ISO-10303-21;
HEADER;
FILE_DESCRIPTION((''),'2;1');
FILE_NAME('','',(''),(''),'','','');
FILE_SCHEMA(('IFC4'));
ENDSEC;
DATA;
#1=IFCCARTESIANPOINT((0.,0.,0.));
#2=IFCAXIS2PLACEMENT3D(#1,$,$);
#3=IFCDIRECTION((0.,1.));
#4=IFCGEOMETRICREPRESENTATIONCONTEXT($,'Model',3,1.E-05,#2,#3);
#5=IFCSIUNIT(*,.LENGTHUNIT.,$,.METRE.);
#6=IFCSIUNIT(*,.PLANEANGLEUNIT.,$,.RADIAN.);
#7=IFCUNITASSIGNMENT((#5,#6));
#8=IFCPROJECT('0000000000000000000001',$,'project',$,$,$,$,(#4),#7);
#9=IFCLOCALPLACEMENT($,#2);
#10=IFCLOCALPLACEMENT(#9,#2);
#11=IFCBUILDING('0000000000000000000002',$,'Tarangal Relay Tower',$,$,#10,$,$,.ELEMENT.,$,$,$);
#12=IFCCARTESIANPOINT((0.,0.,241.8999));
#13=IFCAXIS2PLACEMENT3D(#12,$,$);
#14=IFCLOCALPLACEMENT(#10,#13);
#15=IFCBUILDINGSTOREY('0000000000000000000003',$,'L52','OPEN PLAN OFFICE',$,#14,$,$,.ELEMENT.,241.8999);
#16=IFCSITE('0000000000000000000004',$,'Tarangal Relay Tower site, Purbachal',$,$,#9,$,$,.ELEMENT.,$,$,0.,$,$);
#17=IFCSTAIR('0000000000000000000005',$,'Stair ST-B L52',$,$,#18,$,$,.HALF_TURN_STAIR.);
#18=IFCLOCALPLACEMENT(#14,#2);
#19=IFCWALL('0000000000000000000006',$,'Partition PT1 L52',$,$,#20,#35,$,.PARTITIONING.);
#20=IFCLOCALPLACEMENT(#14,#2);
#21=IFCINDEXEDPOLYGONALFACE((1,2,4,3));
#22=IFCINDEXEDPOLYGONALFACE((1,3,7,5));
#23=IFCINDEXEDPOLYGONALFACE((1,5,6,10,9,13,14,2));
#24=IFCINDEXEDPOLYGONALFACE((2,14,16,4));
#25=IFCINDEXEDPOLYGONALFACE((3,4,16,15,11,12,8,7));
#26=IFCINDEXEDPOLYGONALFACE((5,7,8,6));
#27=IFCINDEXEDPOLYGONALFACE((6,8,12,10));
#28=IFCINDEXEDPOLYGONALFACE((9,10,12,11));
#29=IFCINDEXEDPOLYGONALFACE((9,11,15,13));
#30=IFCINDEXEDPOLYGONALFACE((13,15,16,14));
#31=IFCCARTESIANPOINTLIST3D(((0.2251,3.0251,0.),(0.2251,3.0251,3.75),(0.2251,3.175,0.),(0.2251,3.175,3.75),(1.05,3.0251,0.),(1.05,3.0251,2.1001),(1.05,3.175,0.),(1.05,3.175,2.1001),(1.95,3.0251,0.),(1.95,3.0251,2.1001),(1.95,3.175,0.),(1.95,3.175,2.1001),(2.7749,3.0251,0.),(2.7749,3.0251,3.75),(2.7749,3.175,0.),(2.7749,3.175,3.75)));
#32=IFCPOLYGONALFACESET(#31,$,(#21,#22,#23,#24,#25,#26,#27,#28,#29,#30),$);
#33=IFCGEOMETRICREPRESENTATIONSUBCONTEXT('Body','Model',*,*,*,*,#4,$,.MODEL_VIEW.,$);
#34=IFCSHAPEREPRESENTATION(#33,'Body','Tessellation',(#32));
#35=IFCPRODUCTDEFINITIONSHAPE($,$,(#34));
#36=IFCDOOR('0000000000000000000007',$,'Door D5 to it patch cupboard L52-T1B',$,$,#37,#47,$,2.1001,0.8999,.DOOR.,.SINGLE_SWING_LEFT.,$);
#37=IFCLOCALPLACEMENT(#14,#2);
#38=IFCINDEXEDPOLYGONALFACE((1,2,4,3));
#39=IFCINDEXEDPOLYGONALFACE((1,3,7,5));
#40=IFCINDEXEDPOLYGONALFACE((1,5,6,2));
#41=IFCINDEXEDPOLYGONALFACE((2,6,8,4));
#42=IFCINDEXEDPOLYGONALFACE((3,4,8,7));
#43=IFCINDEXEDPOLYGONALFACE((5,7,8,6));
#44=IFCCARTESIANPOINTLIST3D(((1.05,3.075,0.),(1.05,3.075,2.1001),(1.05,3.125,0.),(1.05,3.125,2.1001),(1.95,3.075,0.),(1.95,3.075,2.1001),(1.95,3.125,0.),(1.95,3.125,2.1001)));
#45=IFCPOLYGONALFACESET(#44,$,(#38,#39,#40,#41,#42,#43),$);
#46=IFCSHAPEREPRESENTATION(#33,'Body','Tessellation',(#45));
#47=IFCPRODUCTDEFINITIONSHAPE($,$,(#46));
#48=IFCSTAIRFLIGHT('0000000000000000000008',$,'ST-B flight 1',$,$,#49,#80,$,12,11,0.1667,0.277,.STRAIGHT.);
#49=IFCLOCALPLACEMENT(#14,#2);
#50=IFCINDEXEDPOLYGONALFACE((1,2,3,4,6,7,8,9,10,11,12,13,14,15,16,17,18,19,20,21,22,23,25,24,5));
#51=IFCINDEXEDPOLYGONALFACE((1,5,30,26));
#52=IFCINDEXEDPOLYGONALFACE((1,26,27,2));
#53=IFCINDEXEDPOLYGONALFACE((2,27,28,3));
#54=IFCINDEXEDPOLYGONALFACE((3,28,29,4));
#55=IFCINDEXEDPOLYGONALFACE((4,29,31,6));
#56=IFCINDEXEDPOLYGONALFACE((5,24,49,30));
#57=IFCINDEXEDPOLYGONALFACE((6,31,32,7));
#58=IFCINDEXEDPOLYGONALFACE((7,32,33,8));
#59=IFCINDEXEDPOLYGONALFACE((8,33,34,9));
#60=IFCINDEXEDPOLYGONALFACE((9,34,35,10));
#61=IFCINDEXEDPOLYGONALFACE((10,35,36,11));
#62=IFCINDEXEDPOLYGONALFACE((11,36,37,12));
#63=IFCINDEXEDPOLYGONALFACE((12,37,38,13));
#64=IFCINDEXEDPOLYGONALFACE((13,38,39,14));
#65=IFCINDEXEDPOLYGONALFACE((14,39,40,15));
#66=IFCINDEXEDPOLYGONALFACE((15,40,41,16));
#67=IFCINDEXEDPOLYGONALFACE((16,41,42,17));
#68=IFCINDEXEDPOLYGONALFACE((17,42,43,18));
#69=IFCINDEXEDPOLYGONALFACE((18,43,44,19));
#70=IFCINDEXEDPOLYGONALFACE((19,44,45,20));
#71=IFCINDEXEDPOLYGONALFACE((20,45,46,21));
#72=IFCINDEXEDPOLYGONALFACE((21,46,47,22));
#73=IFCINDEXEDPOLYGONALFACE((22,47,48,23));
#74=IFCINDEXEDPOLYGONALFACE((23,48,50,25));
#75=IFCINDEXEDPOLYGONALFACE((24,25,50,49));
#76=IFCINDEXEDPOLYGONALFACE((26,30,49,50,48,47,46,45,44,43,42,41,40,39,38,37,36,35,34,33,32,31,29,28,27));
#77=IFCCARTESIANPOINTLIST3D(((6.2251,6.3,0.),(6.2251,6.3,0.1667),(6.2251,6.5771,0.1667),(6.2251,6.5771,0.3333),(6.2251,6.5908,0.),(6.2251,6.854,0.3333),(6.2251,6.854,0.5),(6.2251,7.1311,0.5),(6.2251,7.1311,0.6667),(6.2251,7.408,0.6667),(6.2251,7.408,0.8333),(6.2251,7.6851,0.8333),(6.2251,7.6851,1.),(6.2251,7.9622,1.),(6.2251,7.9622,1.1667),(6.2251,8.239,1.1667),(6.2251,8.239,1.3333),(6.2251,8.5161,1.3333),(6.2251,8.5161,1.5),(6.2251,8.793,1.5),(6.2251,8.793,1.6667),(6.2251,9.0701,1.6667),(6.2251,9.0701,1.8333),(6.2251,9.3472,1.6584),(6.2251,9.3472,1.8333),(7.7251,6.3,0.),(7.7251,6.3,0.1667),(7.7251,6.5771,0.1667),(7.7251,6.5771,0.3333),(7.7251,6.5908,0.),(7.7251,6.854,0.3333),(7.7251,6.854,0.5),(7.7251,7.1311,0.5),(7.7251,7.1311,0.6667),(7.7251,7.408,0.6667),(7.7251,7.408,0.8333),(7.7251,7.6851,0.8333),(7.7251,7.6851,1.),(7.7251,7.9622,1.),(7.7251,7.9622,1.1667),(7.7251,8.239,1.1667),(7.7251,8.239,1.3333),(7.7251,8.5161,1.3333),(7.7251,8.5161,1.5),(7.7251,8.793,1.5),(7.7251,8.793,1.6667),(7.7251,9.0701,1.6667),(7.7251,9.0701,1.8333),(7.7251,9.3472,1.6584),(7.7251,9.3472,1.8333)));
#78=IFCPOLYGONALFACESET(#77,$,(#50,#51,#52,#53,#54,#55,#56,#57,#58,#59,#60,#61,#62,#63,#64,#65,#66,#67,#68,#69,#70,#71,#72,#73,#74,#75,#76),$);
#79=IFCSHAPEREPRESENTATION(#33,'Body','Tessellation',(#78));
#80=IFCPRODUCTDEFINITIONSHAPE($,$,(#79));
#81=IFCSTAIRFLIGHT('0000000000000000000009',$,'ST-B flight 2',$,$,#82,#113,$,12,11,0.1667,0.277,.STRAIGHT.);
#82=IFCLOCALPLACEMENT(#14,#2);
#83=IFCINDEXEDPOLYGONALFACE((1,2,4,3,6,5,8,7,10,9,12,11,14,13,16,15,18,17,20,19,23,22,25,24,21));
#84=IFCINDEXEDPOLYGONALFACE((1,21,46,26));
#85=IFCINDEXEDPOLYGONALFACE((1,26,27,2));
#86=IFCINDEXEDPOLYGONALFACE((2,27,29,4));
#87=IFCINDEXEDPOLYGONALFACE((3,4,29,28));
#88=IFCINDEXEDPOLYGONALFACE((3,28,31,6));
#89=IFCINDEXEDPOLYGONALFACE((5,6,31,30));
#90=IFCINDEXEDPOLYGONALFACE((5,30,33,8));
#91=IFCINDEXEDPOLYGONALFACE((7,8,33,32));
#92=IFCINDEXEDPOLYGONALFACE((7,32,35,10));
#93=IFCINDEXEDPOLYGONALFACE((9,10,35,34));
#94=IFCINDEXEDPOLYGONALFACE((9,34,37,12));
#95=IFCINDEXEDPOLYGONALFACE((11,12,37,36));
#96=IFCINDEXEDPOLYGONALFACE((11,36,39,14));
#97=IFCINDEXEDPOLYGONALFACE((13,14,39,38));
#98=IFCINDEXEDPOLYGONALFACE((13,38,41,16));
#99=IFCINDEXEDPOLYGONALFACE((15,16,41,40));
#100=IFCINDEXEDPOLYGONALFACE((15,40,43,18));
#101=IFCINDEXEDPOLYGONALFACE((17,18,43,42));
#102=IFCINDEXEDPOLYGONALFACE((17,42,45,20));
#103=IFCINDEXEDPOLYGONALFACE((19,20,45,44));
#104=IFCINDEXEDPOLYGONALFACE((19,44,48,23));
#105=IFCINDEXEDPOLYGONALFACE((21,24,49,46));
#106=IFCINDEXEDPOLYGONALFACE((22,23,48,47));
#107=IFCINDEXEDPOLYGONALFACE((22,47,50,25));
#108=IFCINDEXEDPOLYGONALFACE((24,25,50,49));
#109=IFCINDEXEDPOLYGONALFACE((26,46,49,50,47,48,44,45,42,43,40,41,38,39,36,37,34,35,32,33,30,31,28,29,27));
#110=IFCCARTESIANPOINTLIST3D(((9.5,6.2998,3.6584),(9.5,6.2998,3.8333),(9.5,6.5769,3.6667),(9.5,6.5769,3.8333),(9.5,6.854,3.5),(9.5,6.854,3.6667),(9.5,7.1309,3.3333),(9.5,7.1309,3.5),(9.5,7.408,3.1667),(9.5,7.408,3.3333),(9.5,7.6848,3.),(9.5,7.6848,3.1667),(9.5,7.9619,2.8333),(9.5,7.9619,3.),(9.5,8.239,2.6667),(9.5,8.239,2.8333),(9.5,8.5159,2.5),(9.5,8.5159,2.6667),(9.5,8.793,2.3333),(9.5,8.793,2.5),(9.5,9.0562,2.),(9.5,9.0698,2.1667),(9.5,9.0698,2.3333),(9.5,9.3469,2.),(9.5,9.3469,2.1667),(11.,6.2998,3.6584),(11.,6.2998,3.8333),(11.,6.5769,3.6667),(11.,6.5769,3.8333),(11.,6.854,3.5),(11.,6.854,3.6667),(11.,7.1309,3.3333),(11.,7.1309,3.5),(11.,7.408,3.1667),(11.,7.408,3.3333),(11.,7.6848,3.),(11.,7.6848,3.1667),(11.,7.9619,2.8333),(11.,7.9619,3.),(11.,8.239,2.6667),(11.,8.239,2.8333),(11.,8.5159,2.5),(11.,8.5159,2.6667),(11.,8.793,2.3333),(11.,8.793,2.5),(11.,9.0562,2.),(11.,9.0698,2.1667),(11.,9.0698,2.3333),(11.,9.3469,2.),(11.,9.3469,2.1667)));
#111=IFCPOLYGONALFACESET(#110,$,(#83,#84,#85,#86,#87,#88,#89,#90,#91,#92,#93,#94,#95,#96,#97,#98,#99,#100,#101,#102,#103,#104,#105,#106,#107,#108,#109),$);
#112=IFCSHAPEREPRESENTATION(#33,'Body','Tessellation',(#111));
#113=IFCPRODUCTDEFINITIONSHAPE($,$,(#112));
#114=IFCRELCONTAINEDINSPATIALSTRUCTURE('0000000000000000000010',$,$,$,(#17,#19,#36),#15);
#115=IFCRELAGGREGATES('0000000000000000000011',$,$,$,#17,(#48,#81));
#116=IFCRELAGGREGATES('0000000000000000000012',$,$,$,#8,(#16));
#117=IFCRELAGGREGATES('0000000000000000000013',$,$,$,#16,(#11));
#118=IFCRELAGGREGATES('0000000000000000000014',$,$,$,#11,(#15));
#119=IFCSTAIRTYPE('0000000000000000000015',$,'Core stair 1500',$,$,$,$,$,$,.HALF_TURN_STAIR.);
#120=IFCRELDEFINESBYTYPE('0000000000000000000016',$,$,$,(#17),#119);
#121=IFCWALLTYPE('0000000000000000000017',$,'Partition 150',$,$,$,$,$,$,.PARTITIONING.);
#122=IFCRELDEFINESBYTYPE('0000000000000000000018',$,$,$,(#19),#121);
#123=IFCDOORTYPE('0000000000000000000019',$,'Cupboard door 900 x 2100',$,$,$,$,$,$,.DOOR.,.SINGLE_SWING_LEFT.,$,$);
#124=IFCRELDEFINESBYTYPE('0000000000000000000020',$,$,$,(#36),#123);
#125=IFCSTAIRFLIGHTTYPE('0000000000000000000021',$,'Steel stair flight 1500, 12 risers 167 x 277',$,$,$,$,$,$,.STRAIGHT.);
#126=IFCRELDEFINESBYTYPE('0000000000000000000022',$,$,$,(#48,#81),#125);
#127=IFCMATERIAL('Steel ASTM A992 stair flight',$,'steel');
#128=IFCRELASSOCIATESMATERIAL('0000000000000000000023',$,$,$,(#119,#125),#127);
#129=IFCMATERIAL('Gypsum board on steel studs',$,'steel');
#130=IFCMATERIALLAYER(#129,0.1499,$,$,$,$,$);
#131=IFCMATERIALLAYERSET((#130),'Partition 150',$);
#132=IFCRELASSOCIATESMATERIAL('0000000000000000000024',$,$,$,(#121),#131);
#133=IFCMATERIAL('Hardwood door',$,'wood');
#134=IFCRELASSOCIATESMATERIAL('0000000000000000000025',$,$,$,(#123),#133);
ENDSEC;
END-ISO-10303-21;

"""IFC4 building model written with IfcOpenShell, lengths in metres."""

from ifc_helpers import new_model, si_unit, direction, frame, frame_2d, origin, place, context, subcontext, project, spatial, polyline, rectangle, outline, extrude, material, layer, layer_set, type_object, element, fill, aggregate, save


model = new_model("IFC4")

# Units and contexts
model_context = context("Model", 3, precision=1e-05, world=origin(), true_north=direction((0.0, 1.0)))
body_context = subcontext(model_context, "Body", "Model", "MODEL_VIEW")
ifc_project = project(units=[si_unit("LENGTHUNIT", "METRE"), si_unit("PLANEANGLEUNIT", "RADIAN")], contexts=[model_context])

# Site, building, storey
site_placement = place(None, origin())
site = spatial("IfcSite", under=ifc_project, at=site_placement, Name="Tarangal Relay Tower site, Purbachal", CompositionType="ELEMENT", RefElevation=0.0)
building_placement = place(site_placement, origin())
building = spatial("IfcBuilding", under=site, at=building_placement, Name="Tarangal Relay Tower", CompositionType="ELEMENT")
storey_placement = place(building_placement, frame((0.0, 0.0, 241.8999)))
storey = spatial("IfcBuildingStorey", under=building, at=storey_placement, Name="L52", Description="OPEN PLAN OFFICE", CompositionType="ELEMENT", Elevation=241.8999)

# Stair
ifc_material_1 = material(Name="Steel ASTM A992 stair flight", Category="steel")
stair_type = type_object("IfcStairType", Name="Core stair 1500", PredefinedType="HALF_TURN_STAIR", material=ifc_material_1)
stair_1_placement = place(storey_placement, origin())
stair_1 = element("IfcStair", 1, at=stair_1_placement, inside=storey, type_object=stair_type, Name="Stair ST-B L52", PredefinedType="HALF_TURN_STAIR")

# Wall, opening, door
ifc_material_2 = material(Name="Gypsum board on steel studs", Category="steel")
ifc_layer_1 = layer(ifc_material_2, 0.1499)
ifc_layer_set_1 = layer_set([ifc_layer_1], Name="Partition 150")
wall_type_1 = type_object("IfcWallType", Name="Partition 150", PredefinedType="PARTITIONING", material=ifc_layer_set_1)
wall_1_placement = place(storey_placement, frame((0.2251, 3.1001, 0.0), z_axis=(0.0, 0.0, 1.0), x_axis=(1.0, 0.0, 0.0)))
wall_1 = element("IfcWall", 2, at=wall_1_placement, inside=storey, type_object=wall_type_1, Name="Partition PT1 L52", PredefinedType="PARTITIONING", context=body_context, shape_type="SweptSolid", body=[
    extrude(rectangle(XDim=2.5498, YDim=0.1499, at=frame_2d((1.2749, 0.0))), origin(), (0.0, 0.0, 1.0), 3.75),
])
opening_1_placement = place(wall_1_placement, frame((0.825, 0.0, 0.0)))
opening_1 = element("IfcOpeningElement", 3, at=opening_1_placement, cuts=wall_1, PredefinedType="OPENING", context=body_context, shape_type="SweptSolid", body=[
    extrude(rectangle(XDim=0.8999, YDim=2.1001, at=frame_2d((0.45, 1.05))), frame((0.0, 0.085, 0.0), z_axis=(0.0, -1.0, 0.0), x_axis=(1.0, 0.0, 0.0)), (0.0, 0.0, 1.0), 0.1699),
])
ifc_material_3 = material(Name="Hardwood door", Category="wood")
door_type_1 = type_object("IfcDoorType", Name="Cupboard door 900 x 2100", OperationType="SINGLE_SWING_LEFT", PredefinedType="DOOR", material=ifc_material_3)
door_1_placement = place(opening_1_placement, origin())
door_1 = element("IfcDoor", 4, at=door_1_placement, inside=storey, type_object=door_type_1, Name="Door D5 to it patch cupboard L52-T1B", OperationType="SINGLE_SWING_LEFT", OverallHeight=2.1001, OverallWidth=0.8999, PredefinedType="DOOR", context=body_context, shape_type="SweptSolid", body=[
    extrude(rectangle(XDim=0.8999, YDim=2.1001, at=frame_2d((0.45, 1.05))), frame((0.0, 0.0249, 0.0), z_axis=(0.0, -1.0, 0.0), x_axis=(1.0, 0.0, 0.0)), (0.0, 0.0, 1.0), 0.05),
])
fill(opening_1, door_1)

# Stair flights
stair_flight_type = type_object("IfcStairFlightType", Name="Steel stair flight 1500, 12 risers 167 x 277", PredefinedType="STRAIGHT", material=ifc_material_1)
stair_flight_1_placement = place(storey_placement, frame((6.9751, 6.3, 0.0), z_axis=(0.0, 0.0, 1.0), x_axis=(0.0, 1.0, 0.0)))
stair_flight_1 = element("IfcStairFlight", 5, at=stair_flight_1_placement, type_object=stair_flight_type, Name="ST-B flight 1", NumberOfRisers=12, NumberOfTreads=11, PredefinedType="STRAIGHT", RiserHeight=0.1667, TreadLength=0.277, context=body_context, shape_type="SweptSolid", body=[
    extrude(outline(polyline([(0.0, 0.0), (0.0, 0.1667), (0.2771, 0.1667), (0.2771, 0.3333), (0.554, 0.3333), (0.554, 0.5), (0.8311, 0.5), (0.8311, 0.6667), (1.1079, 0.6667), (1.1079, 0.8333), (1.385, 0.8333), (1.385, 1.0), (1.6621, 1.0), (1.6621, 1.1667), (1.939, 1.1667), (1.939, 1.3333), (2.2161, 1.3333), (2.2161, 1.5), (2.4929, 1.5), (2.4929, 1.6667), (2.77, 1.6667), (2.77, 1.8333), (3.0471, 1.8333), (3.0471, 2.0), (3.0471, 1.6584), (0.2908, 0.0), (0.0, 0.0)])), frame((0.0, 0.75, 0.0), z_axis=(0.0, -1.0, 0.0), x_axis=(1.0, 0.0, 0.0)), (0.0, 0.0, 1.0), 1.5),
])
stair_flight_2_placement = place(storey_placement, frame((10.25, 9.3469, 2.0), z_axis=(0.0, 0.0, 1.0), x_axis=(0.0, -1.0, 0.0)))
stair_flight_2 = element("IfcStairFlight", 6, at=stair_flight_2_placement, type_object=stair_flight_type, Name="ST-B flight 2", NumberOfRisers=12, NumberOfTreads=11, PredefinedType="STRAIGHT", RiserHeight=0.1667, TreadLength=0.277, context=body_context, shape_type="SweptSolid", body=[
    extrude(outline(polyline([(0.0, 0.0), (0.0, 0.1667), (0.2771, 0.1667), (0.2771, 0.3333), (0.554, 0.3333), (0.554, 0.5), (0.8311, 0.5), (0.8311, 0.6667), (1.1079, 0.6667), (1.1079, 0.8333), (1.385, 0.8333), (1.385, 1.0), (1.6621, 1.0), (1.6621, 1.1667), (1.939, 1.1667), (1.939, 1.3333), (2.2161, 1.3333), (2.2161, 1.5), (2.4929, 1.5), (2.4929, 1.6667), (2.77, 1.6667), (2.77, 1.8333), (3.0471, 1.8333), (3.0471, 2.0), (3.0471, 1.6584), (0.2908, 0.0), (0.0, 0.0)])), frame((0.0, 0.75, 0.0), z_axis=(0.0, -1.0, 0.0), x_axis=(1.0, 0.0, 0.0)), (0.0, 0.0, 1.0), 1.5),
])
aggregate(stair_1, [stair_flight_1, stair_flight_2])

save(model, "model.ifc")
